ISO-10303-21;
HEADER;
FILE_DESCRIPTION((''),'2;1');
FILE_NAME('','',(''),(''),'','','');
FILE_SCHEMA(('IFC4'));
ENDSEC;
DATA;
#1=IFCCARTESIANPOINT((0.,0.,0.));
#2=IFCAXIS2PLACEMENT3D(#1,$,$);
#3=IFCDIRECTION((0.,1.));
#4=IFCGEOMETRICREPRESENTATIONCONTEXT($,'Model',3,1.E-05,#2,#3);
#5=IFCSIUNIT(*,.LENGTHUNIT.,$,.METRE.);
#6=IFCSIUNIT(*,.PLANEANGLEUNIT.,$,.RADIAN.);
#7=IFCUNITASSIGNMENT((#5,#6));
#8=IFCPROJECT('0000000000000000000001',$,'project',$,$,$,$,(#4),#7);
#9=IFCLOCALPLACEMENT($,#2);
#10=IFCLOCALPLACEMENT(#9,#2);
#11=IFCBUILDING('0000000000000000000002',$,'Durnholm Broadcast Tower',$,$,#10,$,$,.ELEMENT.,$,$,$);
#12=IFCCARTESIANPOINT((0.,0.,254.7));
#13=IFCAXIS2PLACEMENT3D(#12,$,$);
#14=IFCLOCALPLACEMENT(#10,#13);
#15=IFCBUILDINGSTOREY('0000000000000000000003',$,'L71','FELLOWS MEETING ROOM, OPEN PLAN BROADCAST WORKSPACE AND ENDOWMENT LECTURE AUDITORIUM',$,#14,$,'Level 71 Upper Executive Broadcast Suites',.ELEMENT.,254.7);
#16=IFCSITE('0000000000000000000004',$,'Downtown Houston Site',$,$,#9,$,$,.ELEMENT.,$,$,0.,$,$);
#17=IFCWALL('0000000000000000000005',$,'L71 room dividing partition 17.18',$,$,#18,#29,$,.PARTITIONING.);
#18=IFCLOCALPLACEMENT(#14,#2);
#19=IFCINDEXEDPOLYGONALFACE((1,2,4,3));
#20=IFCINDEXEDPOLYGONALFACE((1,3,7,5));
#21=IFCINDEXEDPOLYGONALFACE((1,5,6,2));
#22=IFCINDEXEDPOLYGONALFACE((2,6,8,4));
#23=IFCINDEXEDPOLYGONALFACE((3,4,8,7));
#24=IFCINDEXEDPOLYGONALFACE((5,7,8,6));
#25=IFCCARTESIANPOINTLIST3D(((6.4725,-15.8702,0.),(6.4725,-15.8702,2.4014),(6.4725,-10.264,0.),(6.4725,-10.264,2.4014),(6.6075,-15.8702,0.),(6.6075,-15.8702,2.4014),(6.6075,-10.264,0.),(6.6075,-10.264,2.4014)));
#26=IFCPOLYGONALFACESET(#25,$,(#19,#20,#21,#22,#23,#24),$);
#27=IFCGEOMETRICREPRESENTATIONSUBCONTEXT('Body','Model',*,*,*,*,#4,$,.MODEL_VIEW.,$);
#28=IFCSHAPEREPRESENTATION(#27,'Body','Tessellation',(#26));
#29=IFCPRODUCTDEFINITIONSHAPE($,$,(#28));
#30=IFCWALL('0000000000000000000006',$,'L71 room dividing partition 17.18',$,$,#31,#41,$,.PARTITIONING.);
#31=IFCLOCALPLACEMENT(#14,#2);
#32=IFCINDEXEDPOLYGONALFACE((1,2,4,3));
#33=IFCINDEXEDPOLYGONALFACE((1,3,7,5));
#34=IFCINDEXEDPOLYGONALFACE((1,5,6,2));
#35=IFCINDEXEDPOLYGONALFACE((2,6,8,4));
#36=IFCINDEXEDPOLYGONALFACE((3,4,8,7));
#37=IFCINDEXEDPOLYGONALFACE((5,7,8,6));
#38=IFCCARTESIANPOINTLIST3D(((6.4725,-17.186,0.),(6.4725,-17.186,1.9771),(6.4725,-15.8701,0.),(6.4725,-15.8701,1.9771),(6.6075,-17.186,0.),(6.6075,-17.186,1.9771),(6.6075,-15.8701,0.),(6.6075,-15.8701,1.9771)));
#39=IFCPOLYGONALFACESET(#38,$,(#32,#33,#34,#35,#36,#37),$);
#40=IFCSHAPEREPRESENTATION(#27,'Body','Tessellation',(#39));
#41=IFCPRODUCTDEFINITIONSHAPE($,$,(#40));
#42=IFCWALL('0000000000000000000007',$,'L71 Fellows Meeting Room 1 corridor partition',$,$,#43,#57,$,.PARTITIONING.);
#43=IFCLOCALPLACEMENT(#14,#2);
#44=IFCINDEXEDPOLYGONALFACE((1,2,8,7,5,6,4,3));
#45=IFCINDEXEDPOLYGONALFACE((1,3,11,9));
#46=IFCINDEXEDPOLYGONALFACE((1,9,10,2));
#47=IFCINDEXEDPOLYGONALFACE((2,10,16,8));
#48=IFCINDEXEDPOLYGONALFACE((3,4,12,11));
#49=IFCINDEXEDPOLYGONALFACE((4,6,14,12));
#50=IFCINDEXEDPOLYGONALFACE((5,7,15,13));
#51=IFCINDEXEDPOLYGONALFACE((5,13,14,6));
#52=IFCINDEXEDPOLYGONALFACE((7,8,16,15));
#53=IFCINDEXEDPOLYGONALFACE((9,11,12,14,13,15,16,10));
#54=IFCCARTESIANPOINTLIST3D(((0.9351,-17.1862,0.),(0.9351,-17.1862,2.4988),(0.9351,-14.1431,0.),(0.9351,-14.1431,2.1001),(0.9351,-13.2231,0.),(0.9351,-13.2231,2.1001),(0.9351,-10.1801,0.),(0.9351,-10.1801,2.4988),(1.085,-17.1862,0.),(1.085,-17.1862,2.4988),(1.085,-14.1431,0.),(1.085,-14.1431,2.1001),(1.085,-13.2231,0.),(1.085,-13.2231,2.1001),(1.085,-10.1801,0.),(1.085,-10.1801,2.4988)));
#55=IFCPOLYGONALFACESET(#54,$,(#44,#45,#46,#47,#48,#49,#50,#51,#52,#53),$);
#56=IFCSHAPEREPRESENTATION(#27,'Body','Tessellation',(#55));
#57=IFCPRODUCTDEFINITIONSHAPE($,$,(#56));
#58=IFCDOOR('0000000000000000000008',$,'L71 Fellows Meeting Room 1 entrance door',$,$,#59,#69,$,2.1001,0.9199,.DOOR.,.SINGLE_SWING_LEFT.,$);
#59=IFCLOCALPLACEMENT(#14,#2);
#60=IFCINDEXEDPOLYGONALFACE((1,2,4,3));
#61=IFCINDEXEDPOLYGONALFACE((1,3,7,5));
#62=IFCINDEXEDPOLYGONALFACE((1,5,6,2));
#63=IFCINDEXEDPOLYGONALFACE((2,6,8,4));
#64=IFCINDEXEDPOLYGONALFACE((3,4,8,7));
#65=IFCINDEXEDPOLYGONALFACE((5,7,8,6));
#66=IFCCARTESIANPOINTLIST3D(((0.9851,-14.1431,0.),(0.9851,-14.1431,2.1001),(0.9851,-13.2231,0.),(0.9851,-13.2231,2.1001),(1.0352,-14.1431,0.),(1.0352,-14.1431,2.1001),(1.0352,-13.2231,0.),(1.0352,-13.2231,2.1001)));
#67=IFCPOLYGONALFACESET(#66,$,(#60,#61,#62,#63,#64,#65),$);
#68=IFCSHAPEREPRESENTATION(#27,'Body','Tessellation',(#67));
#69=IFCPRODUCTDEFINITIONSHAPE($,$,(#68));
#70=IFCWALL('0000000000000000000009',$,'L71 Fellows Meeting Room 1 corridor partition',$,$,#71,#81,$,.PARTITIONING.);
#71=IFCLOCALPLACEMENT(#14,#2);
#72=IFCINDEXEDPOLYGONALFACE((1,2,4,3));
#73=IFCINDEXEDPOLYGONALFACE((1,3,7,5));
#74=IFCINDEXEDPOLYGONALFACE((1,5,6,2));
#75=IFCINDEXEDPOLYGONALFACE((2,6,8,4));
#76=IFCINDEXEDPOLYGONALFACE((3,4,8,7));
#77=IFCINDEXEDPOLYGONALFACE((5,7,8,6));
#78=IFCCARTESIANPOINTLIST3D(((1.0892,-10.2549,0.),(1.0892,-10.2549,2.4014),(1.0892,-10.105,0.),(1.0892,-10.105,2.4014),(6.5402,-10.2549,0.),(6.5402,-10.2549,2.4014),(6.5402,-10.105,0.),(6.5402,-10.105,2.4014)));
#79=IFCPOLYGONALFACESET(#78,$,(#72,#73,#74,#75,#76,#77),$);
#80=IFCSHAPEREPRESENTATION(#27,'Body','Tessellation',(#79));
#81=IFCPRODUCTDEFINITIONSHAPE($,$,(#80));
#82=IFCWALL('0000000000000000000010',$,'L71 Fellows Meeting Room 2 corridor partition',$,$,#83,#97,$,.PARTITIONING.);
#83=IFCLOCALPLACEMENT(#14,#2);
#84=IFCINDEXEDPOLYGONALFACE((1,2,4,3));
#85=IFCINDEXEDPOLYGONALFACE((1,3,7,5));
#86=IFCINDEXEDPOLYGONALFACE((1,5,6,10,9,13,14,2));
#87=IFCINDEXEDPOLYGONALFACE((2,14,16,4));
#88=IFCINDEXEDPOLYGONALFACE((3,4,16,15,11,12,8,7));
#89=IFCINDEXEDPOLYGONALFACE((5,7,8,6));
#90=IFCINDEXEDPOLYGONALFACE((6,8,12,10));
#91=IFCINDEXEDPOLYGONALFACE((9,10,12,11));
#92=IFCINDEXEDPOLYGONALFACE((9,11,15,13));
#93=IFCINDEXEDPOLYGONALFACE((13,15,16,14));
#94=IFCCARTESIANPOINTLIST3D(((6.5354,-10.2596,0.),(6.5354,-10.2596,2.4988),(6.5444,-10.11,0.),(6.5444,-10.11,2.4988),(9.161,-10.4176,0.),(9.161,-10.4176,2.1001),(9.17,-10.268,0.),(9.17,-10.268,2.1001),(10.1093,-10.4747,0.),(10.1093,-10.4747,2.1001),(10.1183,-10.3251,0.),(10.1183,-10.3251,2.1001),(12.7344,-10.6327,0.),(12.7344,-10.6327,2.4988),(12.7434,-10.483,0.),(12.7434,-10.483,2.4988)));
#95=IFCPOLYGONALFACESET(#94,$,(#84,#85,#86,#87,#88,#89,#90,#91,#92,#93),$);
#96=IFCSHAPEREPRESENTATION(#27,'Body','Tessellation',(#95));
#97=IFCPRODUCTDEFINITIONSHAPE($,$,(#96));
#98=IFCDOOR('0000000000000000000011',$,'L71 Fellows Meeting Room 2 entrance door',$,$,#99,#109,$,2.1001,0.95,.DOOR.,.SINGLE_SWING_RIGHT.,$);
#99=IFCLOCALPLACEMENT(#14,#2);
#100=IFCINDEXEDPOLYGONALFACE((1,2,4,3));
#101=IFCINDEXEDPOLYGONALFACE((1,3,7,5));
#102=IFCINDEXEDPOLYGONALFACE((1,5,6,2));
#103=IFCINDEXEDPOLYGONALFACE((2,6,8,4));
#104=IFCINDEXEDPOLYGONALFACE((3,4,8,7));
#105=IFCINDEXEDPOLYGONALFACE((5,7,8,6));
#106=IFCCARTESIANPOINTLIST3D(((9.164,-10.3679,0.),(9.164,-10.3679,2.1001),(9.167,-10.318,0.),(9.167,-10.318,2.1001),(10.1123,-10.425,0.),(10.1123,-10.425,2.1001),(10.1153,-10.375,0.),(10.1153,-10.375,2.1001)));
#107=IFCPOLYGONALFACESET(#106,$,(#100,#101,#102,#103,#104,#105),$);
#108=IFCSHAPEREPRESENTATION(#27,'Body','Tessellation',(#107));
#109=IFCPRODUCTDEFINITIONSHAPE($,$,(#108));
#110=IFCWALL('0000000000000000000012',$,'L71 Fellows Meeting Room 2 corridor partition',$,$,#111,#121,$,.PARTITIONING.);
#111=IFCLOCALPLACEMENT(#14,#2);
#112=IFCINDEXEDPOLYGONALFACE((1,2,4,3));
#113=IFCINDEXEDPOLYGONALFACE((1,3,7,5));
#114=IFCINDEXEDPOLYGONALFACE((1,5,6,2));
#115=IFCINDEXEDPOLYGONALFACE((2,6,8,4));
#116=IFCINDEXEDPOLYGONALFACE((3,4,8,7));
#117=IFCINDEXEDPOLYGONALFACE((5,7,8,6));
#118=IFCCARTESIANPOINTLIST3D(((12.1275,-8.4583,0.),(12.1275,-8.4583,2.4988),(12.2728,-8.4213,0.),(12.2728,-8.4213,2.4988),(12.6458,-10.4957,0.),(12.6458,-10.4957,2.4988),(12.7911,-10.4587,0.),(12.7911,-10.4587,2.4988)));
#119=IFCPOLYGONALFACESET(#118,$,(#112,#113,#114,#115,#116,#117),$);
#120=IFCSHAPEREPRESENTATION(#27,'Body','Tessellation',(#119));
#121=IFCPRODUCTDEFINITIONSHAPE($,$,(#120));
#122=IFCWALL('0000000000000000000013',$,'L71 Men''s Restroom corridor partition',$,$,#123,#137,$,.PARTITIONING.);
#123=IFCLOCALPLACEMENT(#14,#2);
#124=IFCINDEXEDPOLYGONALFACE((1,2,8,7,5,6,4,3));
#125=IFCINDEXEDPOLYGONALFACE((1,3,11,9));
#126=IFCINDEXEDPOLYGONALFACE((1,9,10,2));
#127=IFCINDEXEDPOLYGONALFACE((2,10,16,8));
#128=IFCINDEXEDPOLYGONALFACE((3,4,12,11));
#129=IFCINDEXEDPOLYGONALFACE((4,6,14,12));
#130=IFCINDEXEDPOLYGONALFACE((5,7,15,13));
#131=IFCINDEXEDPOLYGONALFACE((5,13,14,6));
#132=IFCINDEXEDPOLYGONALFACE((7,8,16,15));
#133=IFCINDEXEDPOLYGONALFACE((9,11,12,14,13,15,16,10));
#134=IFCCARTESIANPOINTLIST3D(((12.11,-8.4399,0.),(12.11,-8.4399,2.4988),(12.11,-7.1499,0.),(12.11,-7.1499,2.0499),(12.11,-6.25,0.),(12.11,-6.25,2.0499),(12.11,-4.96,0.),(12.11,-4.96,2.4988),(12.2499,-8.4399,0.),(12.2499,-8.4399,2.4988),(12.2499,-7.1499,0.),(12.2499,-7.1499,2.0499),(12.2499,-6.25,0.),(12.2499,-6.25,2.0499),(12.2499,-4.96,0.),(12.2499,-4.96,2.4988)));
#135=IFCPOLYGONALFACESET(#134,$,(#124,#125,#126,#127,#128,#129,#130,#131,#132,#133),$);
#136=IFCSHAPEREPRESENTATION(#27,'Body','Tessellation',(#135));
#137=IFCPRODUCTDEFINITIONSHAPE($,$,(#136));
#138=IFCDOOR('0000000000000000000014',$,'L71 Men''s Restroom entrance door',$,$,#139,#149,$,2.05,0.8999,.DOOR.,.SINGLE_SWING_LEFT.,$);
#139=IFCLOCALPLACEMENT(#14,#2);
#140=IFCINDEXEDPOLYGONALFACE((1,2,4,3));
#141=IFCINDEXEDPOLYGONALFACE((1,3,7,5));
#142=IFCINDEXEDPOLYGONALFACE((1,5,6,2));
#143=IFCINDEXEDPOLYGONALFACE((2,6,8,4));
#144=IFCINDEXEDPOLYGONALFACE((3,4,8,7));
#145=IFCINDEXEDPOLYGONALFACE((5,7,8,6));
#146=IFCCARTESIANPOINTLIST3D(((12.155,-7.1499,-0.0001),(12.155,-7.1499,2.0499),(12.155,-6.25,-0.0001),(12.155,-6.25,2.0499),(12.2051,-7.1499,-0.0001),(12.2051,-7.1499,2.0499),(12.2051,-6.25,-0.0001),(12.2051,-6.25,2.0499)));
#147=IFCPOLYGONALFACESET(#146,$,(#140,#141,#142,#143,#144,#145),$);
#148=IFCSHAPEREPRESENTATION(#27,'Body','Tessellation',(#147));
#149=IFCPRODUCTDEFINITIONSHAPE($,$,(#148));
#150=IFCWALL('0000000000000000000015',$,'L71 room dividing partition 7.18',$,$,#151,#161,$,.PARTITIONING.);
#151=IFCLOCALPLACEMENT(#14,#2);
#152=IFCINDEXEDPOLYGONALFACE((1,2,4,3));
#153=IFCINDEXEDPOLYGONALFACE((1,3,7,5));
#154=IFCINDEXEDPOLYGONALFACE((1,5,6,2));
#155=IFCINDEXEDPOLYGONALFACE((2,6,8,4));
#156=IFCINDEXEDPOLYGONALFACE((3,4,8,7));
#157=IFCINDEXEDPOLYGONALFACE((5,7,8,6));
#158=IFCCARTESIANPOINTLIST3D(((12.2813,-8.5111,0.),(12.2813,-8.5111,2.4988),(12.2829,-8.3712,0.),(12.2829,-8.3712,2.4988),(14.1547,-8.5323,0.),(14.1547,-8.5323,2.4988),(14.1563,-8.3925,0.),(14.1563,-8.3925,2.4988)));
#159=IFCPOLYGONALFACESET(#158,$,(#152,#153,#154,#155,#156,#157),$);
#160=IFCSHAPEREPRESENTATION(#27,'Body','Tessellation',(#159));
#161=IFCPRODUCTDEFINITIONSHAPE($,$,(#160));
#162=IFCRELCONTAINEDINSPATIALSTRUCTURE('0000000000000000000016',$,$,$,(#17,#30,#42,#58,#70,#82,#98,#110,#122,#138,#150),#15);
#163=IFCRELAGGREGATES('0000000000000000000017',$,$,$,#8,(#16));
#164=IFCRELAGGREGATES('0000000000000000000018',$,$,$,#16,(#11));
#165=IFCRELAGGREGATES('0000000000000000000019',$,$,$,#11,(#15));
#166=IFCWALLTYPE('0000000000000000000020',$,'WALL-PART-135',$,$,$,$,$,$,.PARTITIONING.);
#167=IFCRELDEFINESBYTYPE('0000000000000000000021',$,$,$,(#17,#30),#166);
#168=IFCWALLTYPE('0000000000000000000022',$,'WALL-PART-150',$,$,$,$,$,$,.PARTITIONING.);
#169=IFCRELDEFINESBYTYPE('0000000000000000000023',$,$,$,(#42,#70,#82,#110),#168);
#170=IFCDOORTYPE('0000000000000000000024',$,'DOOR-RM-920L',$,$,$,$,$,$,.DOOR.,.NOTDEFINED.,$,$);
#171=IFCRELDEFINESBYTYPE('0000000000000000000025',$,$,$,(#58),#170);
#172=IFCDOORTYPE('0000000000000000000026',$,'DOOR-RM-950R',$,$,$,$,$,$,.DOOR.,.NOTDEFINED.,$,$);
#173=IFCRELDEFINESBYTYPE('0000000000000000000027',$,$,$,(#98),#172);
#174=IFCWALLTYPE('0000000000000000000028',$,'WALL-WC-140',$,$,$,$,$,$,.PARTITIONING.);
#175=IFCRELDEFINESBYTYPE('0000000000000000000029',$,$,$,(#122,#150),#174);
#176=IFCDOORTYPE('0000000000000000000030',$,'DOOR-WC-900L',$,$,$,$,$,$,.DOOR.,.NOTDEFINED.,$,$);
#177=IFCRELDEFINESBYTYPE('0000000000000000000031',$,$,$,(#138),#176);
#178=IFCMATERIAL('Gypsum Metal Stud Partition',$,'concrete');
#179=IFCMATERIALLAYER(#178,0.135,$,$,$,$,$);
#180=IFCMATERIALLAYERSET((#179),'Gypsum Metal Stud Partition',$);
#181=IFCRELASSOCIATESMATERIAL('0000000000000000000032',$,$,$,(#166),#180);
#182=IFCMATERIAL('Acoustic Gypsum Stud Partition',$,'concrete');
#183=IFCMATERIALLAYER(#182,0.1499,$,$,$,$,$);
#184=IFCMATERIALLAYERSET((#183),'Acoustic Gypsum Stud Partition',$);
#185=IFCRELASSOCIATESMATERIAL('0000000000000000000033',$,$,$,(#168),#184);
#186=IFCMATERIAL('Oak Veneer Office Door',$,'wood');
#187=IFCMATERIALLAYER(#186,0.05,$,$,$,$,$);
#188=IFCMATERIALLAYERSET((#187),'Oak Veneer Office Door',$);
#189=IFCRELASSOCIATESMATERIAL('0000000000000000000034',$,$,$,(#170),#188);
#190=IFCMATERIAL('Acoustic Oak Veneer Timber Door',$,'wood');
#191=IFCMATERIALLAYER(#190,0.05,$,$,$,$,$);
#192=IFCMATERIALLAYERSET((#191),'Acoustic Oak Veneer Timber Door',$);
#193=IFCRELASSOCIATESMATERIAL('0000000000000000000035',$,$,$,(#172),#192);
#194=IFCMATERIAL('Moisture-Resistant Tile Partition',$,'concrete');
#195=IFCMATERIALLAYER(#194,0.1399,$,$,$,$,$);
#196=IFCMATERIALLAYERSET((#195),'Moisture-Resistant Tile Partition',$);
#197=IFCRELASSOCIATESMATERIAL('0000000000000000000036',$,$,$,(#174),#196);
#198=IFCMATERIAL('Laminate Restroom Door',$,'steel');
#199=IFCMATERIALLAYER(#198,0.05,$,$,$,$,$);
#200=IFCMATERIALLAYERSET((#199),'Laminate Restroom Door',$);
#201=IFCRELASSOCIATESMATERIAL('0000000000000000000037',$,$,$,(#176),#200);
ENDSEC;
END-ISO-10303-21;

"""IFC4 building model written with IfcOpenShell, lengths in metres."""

from ifc_helpers import new_model, si_unit, direction, frame, frame_2d, origin, place, context, subcontext, project, spatial, rectangle, extrude, source, transform, mapped, material, layer, layer_set, type_object, type_shapes, element, fill, save


model = new_model("IFC4")

# Units and contexts
model_context = context("Model", 3, precision=1e-05, world=origin(), true_north=direction((0.0, 1.0)))
body_context = subcontext(model_context, "Body", "Model", "MODEL_VIEW")
ifc_project = project(units=[si_unit("LENGTHUNIT", "METRE"), si_unit("PLANEANGLEUNIT", "RADIAN")], contexts=[model_context])

# Site, building, storey
site_placement = place(None, origin())
site = spatial("IfcSite", under=ifc_project, at=site_placement, Name="Downtown Houston Site", CompositionType="ELEMENT", RefElevation=0.0)
building_placement = place(site_placement, origin())
building = spatial("IfcBuilding", under=site, at=building_placement, Name="Durnholm Broadcast Tower", CompositionType="ELEMENT")
storey_placement = place(building_placement, frame((0.0, 0.0, 254.7)))
storey = spatial("IfcBuildingStorey", under=building, at=storey_placement, Name="L71", Description="FELLOWS MEETING ROOM, OPEN PLAN BROADCAST WORKSPACE AND ENDOWMENT LECTURE AUDITORIUM", LongName="Level 71 Upper Executive Broadcast Suites", CompositionType="ELEMENT", Elevation=254.7)

# Walls
ifc_material_1 = material(Name="Gypsum Metal Stud Partition", Category="concrete")
ifc_layer_1 = layer(ifc_material_1, 0.135)
ifc_layer_set_1 = layer_set([ifc_layer_1], Name="Gypsum Metal Stud Partition")
wall_type_1 = type_object("IfcWallType", Name="WALL-PART-135", PredefinedType="PARTITIONING", material=ifc_layer_set_1)
wall_1_placement = place(storey_placement, frame((6.54, -10.2639, 0.0), z_axis=(0.0, 0.0, 1.0), x_axis=(0.0, -1.0, 0.0)))
element("IfcWall", 1, at=wall_1_placement, inside=storey, type_object=wall_type_1, Name="L71 room dividing partition 17.18", PredefinedType="PARTITIONING", context=body_context, shape_type="SweptSolid", body=[
    extrude(rectangle(XDim=5.6062, YDim=0.135, at=frame_2d((2.8032, 0.0))), origin(), (0.0, 0.0, 1.0), 2.4014),
])
wall_2_placement = place(storey_placement, frame((6.54, -15.8701, 0.0), z_axis=(0.0, 0.0, 1.0), x_axis=(0.0, -1.0, 0.0)))
element("IfcWall", 2, at=wall_2_placement, inside=storey, type_object=wall_type_1, Name="L71 room dividing partition 17.18", PredefinedType="PARTITIONING", context=body_context, shape_type="SweptSolid", body=[
    extrude(rectangle(XDim=1.3159, YDim=0.135, at=frame_2d((0.658, 0.0))), origin(), (0.0, 0.0, 1.0), 1.9771),
])

# Wall, opening, door
ifc_material_2 = material(Name="Acoustic Gypsum Stud Partition", Category="concrete")
ifc_layer_2 = layer(ifc_material_2, 0.1499)
ifc_layer_set_2 = layer_set([ifc_layer_2], Name="Acoustic Gypsum Stud Partition")
wall_type_2 = type_object("IfcWallType", Name="WALL-PART-150", PredefinedType="PARTITIONING", material=ifc_layer_set_2)
wall_3_placement = place(storey_placement, frame((1.01, -17.186, 0.0), z_axis=(0.0, 0.0, 1.0), x_axis=(0.0, 1.0, 0.0)))
wall_3 = element("IfcWall", 3, at=wall_3_placement, inside=storey, type_object=wall_type_2, Name="L71 Fellows Meeting Room 1 corridor partition", PredefinedType="PARTITIONING", context=body_context, shape_type="SweptSolid", body=[
    extrude(rectangle(XDim=7.0061, YDim=0.1499, at=frame_2d((3.5029, 0.0))), origin(), (0.0, 0.0, 1.0), 2.4988),
])
opening_1_placement = place(wall_3_placement, frame((3.043, 0.0, 0.0)))
opening_1 = element("IfcOpeningElement", 4, at=opening_1_placement, cuts=wall_3, PredefinedType="OPENING", context=body_context, shape_type="SweptSolid", body=[
    extrude(rectangle(XDim=0.9199, YDim=2.1001, at=frame_2d((0.46, 1.05))), frame((0.0, 0.085, 0.0), z_axis=(0.0, -1.0, 0.0), x_axis=(1.0, 0.0, 0.0)), (0.0, 0.0, 1.0), 0.1699),
])
ifc_material_3 = material(Name="Oak Veneer Office Door", Category="wood")
ifc_layer_3 = layer(ifc_material_3, 0.05)
ifc_layer_set_3 = layer_set([ifc_layer_3], Name="Oak Veneer Office Door")
door_type_1 = type_object("IfcDoorType", Name="DOOR-RM-920L", OperationType="NOTDEFINED", PredefinedType="DOOR", material=ifc_layer_set_3)
shared_shape_1 = source(origin(), body_context, "Body", "SweptSolid", [
    extrude(rectangle(XDim=0.9199, YDim=2.1001, at=frame_2d((0.46, 1.05))), frame((0.0, 0.0249, 0.0), z_axis=(0.0, -1.0, 0.0), x_axis=(1.0, 0.0, 0.0)), (0.0, 0.0, 1.0), 0.05),
])
type_shapes(door_type_1, [shared_shape_1])
door_1_placement = place(opening_1_placement, origin())
door_1 = element("IfcDoor", 5, at=door_1_placement, inside=storey, type_object=door_type_1, Name="L71 Fellows Meeting Room 1 entrance door", OperationType="SINGLE_SWING_LEFT", OverallHeight=2.1001, OverallWidth=0.9199, PredefinedType="DOOR", context=body_context, shape_type="MappedRepresentation", body=[
    mapped(shared_shape_1, transform((0.0, 0.0, 0.0), x_axis=(1.0, 0.0, 0.0), y_axis=(0.0, 1.0, 0.0), z_axis=(0.0, 0.0, 1.0), scale=1.0)),
])
fill(opening_1, door_1)

# Wall
wall_4_placement = place(storey_placement, frame((1.0891, -10.1799, 0.0), z_axis=(0.0, 0.0, 1.0), x_axis=(1.0, 0.0, 0.0)))
element("IfcWall", 6, at=wall_4_placement, inside=storey, type_object=wall_type_2, Name="L71 Fellows Meeting Room 1 corridor partition", PredefinedType="PARTITIONING", context=body_context, shape_type="SweptSolid", body=[
    extrude(rectangle(XDim=5.4509, YDim=0.1499, at=frame_2d((2.7256, 0.0))), origin(), (0.0, 0.0, 1.0), 2.4014),
])

# Wall, opening, door
wall_5_placement = place(storey_placement, frame((6.54, -10.1848, 0.0), z_axis=(0.0, 0.0, 1.0), x_axis=(0.998194, -0.06007, 0.0)))
wall_5 = element("IfcWall", 7, at=wall_5_placement, inside=storey, type_object=wall_type_2, Name="L71 Fellows Meeting Room 2 corridor partition", PredefinedType="PARTITIONING", context=body_context, shape_type="SweptSolid", body=[
    extrude(rectangle(XDim=6.2102, YDim=0.1499, at=frame_2d((3.105, 0.0))), origin(), (0.0, 0.0, 1.0), 2.4988),
])
opening_2_placement = place(wall_5_placement, frame((2.6301, 0.0, 0.0)))
opening_2 = element("IfcOpeningElement", 8, at=opening_2_placement, cuts=wall_5, PredefinedType="OPENING", context=body_context, shape_type="SweptSolid", body=[
    extrude(rectangle(XDim=0.95, YDim=2.1001, at=frame_2d((0.4751, 1.05))), frame((0.0, 0.085, 0.0), z_axis=(0.0, -1.0, 0.0), x_axis=(1.0, 0.0, 0.0)), (0.0, 0.0, 1.0), 0.1699),
])
ifc_material_4 = material(Name="Acoustic Oak Veneer Timber Door", Category="wood")
ifc_layer_4 = layer(ifc_material_4, 0.05)
ifc_layer_set_4 = layer_set([ifc_layer_4], Name="Acoustic Oak Veneer Timber Door")
door_type_2 = type_object("IfcDoorType", Name="DOOR-RM-950R", OperationType="NOTDEFINED", PredefinedType="DOOR", material=ifc_layer_set_4)
shared_shape_2 = source(origin(), body_context, "Body", "SweptSolid", [
    extrude(rectangle(XDim=0.95, YDim=2.1001, at=frame_2d((0.4751, 1.05))), frame((0.0, 0.0249, 0.0), z_axis=(0.0, -1.0, 0.0), x_axis=(1.0, 0.0, 0.0)), (0.0, 0.0, 1.0), 0.05),
])
type_shapes(door_type_2, [shared_shape_2])
door_2_placement = place(opening_2_placement, origin())
door_2 = element("IfcDoor", 9, at=door_2_placement, inside=storey, type_object=door_type_2, Name="L71 Fellows Meeting Room 2 entrance door", OperationType="SINGLE_SWING_RIGHT", OverallHeight=2.1001, OverallWidth=0.95, PredefinedType="DOOR", context=body_context, shape_type="MappedRepresentation", body=[
    mapped(shared_shape_2, transform((0.0, 0.0, 0.0), x_axis=(1.0, 0.0, 0.0), y_axis=(0.0, 1.0, 0.0), z_axis=(0.0, 0.0, 1.0), scale=1.0)),
])
fill(opening_2, door_2)

# Wall
wall_6_placement = place(storey_placement, frame((12.7185, -10.4773, 0.0), z_axis=(0.0, 0.0, 1.0), x_axis=(-0.24655, 0.96913, 0.0)))
element("IfcWall", 10, at=wall_6_placement, inside=storey, type_object=wall_type_2, Name="L71 Fellows Meeting Room 2 corridor partition", PredefinedType="PARTITIONING", context=body_context, shape_type="SweptSolid", body=[
    extrude(rectangle(XDim=2.1023, YDim=0.1499, at=frame_2d((1.0513, 0.0))), origin(), (0.0, 0.0, 1.0), 2.4988),
])

# Wall, opening, door
ifc_material_5 = material(Name="Moisture-Resistant Tile Partition", Category="concrete")
ifc_layer_5 = layer(ifc_material_5, 0.1399)
ifc_layer_set_5 = layer_set([ifc_layer_5], Name="Moisture-Resistant Tile Partition")
wall_type_3 = type_object("IfcWallType", Name="WALL-WC-140", PredefinedType="PARTITIONING", material=ifc_layer_set_5)
wall_7_placement = place(storey_placement, frame((12.1799, -8.4399, 0.0), z_axis=(0.0, 0.0, 1.0), x_axis=(0.0, 1.0, 0.0)))
wall_7 = element("IfcWall", 11, at=wall_7_placement, inside=storey, type_object=wall_type_3, Name="L71 Men's Restroom corridor partition", PredefinedType="PARTITIONING", context=body_context, shape_type="SweptSolid", body=[
    extrude(rectangle(XDim=3.48, YDim=0.1399, at=frame_2d((1.74, 0.0))), origin(), (0.0, 0.0, 1.0), 2.4988),
])
opening_3_placement = place(wall_7_placement, frame((1.29, 0.0, 0.0)))
opening_3 = element("IfcOpeningElement", 12, at=opening_3_placement, cuts=wall_7, PredefinedType="OPENING", context=body_context, shape_type="SweptSolid", body=[
    extrude(rectangle(XDim=0.8999, YDim=2.05, at=frame_2d((0.45, 1.0249))), frame((0.0, 0.0801, 0.0), z_axis=(0.0, -1.0, 0.0), x_axis=(1.0, 0.0, 0.0)), (0.0, 0.0, 1.0), 0.1599),
])
ifc_material_6 = material(Name="Laminate Restroom Door", Category="steel")
ifc_layer_6 = layer(ifc_material_6, 0.05)
ifc_layer_set_6 = layer_set([ifc_layer_6], Name="Laminate Restroom Door")
door_type_3 = type_object("IfcDoorType", Name="DOOR-WC-900L", OperationType="NOTDEFINED", PredefinedType="DOOR", material=ifc_layer_set_6)
shared_shape_3 = source(origin(), body_context, "Body", "SweptSolid", [
    extrude(rectangle(XDim=0.8999, YDim=2.05, at=frame_2d((0.45, 1.0249))), frame((0.0, 0.0249, 0.0), z_axis=(0.0, -1.0, 0.0), x_axis=(1.0, 0.0, 0.0)), (0.0, 0.0, 1.0), 0.05),
])
type_shapes(door_type_3, [shared_shape_3])
door_3_placement = place(opening_3_placement, origin())
door_3 = element("IfcDoor", 13, at=door_3_placement, inside=storey, type_object=door_type_3, Name="L71 Men's Restroom entrance door", OperationType="SINGLE_SWING_LEFT", OverallHeight=2.05, OverallWidth=0.8999, PredefinedType="DOOR", context=body_context, shape_type="MappedRepresentation", body=[
    mapped(shared_shape_3, transform((0.0, 0.0, 0.0), x_axis=(1.0, 0.0, 0.0), y_axis=(0.0, 1.0, 0.0), z_axis=(0.0, 0.0, 1.0), scale=1.0)),
])
fill(opening_3, door_3)

# Wall
wall_8_placement = place(storey_placement, frame((14.1555, -8.4624, 0.0), z_axis=(0.0, 0.0, 1.0), x_axis=(-0.999936, 0.011336, 0.0)))
element("IfcWall", 14, at=wall_8_placement, inside=storey, type_object=wall_type_3, Name="L71 room dividing partition 7.18", PredefinedType="PARTITIONING", context=body_context, shape_type="SweptSolid", body=[
    extrude(rectangle(XDim=1.8735, YDim=0.1399, at=frame_2d((0.9368, 0.0))), origin(), (0.0, 0.0, 1.0), 2.4988),
])

save(model, "model.ifc")
